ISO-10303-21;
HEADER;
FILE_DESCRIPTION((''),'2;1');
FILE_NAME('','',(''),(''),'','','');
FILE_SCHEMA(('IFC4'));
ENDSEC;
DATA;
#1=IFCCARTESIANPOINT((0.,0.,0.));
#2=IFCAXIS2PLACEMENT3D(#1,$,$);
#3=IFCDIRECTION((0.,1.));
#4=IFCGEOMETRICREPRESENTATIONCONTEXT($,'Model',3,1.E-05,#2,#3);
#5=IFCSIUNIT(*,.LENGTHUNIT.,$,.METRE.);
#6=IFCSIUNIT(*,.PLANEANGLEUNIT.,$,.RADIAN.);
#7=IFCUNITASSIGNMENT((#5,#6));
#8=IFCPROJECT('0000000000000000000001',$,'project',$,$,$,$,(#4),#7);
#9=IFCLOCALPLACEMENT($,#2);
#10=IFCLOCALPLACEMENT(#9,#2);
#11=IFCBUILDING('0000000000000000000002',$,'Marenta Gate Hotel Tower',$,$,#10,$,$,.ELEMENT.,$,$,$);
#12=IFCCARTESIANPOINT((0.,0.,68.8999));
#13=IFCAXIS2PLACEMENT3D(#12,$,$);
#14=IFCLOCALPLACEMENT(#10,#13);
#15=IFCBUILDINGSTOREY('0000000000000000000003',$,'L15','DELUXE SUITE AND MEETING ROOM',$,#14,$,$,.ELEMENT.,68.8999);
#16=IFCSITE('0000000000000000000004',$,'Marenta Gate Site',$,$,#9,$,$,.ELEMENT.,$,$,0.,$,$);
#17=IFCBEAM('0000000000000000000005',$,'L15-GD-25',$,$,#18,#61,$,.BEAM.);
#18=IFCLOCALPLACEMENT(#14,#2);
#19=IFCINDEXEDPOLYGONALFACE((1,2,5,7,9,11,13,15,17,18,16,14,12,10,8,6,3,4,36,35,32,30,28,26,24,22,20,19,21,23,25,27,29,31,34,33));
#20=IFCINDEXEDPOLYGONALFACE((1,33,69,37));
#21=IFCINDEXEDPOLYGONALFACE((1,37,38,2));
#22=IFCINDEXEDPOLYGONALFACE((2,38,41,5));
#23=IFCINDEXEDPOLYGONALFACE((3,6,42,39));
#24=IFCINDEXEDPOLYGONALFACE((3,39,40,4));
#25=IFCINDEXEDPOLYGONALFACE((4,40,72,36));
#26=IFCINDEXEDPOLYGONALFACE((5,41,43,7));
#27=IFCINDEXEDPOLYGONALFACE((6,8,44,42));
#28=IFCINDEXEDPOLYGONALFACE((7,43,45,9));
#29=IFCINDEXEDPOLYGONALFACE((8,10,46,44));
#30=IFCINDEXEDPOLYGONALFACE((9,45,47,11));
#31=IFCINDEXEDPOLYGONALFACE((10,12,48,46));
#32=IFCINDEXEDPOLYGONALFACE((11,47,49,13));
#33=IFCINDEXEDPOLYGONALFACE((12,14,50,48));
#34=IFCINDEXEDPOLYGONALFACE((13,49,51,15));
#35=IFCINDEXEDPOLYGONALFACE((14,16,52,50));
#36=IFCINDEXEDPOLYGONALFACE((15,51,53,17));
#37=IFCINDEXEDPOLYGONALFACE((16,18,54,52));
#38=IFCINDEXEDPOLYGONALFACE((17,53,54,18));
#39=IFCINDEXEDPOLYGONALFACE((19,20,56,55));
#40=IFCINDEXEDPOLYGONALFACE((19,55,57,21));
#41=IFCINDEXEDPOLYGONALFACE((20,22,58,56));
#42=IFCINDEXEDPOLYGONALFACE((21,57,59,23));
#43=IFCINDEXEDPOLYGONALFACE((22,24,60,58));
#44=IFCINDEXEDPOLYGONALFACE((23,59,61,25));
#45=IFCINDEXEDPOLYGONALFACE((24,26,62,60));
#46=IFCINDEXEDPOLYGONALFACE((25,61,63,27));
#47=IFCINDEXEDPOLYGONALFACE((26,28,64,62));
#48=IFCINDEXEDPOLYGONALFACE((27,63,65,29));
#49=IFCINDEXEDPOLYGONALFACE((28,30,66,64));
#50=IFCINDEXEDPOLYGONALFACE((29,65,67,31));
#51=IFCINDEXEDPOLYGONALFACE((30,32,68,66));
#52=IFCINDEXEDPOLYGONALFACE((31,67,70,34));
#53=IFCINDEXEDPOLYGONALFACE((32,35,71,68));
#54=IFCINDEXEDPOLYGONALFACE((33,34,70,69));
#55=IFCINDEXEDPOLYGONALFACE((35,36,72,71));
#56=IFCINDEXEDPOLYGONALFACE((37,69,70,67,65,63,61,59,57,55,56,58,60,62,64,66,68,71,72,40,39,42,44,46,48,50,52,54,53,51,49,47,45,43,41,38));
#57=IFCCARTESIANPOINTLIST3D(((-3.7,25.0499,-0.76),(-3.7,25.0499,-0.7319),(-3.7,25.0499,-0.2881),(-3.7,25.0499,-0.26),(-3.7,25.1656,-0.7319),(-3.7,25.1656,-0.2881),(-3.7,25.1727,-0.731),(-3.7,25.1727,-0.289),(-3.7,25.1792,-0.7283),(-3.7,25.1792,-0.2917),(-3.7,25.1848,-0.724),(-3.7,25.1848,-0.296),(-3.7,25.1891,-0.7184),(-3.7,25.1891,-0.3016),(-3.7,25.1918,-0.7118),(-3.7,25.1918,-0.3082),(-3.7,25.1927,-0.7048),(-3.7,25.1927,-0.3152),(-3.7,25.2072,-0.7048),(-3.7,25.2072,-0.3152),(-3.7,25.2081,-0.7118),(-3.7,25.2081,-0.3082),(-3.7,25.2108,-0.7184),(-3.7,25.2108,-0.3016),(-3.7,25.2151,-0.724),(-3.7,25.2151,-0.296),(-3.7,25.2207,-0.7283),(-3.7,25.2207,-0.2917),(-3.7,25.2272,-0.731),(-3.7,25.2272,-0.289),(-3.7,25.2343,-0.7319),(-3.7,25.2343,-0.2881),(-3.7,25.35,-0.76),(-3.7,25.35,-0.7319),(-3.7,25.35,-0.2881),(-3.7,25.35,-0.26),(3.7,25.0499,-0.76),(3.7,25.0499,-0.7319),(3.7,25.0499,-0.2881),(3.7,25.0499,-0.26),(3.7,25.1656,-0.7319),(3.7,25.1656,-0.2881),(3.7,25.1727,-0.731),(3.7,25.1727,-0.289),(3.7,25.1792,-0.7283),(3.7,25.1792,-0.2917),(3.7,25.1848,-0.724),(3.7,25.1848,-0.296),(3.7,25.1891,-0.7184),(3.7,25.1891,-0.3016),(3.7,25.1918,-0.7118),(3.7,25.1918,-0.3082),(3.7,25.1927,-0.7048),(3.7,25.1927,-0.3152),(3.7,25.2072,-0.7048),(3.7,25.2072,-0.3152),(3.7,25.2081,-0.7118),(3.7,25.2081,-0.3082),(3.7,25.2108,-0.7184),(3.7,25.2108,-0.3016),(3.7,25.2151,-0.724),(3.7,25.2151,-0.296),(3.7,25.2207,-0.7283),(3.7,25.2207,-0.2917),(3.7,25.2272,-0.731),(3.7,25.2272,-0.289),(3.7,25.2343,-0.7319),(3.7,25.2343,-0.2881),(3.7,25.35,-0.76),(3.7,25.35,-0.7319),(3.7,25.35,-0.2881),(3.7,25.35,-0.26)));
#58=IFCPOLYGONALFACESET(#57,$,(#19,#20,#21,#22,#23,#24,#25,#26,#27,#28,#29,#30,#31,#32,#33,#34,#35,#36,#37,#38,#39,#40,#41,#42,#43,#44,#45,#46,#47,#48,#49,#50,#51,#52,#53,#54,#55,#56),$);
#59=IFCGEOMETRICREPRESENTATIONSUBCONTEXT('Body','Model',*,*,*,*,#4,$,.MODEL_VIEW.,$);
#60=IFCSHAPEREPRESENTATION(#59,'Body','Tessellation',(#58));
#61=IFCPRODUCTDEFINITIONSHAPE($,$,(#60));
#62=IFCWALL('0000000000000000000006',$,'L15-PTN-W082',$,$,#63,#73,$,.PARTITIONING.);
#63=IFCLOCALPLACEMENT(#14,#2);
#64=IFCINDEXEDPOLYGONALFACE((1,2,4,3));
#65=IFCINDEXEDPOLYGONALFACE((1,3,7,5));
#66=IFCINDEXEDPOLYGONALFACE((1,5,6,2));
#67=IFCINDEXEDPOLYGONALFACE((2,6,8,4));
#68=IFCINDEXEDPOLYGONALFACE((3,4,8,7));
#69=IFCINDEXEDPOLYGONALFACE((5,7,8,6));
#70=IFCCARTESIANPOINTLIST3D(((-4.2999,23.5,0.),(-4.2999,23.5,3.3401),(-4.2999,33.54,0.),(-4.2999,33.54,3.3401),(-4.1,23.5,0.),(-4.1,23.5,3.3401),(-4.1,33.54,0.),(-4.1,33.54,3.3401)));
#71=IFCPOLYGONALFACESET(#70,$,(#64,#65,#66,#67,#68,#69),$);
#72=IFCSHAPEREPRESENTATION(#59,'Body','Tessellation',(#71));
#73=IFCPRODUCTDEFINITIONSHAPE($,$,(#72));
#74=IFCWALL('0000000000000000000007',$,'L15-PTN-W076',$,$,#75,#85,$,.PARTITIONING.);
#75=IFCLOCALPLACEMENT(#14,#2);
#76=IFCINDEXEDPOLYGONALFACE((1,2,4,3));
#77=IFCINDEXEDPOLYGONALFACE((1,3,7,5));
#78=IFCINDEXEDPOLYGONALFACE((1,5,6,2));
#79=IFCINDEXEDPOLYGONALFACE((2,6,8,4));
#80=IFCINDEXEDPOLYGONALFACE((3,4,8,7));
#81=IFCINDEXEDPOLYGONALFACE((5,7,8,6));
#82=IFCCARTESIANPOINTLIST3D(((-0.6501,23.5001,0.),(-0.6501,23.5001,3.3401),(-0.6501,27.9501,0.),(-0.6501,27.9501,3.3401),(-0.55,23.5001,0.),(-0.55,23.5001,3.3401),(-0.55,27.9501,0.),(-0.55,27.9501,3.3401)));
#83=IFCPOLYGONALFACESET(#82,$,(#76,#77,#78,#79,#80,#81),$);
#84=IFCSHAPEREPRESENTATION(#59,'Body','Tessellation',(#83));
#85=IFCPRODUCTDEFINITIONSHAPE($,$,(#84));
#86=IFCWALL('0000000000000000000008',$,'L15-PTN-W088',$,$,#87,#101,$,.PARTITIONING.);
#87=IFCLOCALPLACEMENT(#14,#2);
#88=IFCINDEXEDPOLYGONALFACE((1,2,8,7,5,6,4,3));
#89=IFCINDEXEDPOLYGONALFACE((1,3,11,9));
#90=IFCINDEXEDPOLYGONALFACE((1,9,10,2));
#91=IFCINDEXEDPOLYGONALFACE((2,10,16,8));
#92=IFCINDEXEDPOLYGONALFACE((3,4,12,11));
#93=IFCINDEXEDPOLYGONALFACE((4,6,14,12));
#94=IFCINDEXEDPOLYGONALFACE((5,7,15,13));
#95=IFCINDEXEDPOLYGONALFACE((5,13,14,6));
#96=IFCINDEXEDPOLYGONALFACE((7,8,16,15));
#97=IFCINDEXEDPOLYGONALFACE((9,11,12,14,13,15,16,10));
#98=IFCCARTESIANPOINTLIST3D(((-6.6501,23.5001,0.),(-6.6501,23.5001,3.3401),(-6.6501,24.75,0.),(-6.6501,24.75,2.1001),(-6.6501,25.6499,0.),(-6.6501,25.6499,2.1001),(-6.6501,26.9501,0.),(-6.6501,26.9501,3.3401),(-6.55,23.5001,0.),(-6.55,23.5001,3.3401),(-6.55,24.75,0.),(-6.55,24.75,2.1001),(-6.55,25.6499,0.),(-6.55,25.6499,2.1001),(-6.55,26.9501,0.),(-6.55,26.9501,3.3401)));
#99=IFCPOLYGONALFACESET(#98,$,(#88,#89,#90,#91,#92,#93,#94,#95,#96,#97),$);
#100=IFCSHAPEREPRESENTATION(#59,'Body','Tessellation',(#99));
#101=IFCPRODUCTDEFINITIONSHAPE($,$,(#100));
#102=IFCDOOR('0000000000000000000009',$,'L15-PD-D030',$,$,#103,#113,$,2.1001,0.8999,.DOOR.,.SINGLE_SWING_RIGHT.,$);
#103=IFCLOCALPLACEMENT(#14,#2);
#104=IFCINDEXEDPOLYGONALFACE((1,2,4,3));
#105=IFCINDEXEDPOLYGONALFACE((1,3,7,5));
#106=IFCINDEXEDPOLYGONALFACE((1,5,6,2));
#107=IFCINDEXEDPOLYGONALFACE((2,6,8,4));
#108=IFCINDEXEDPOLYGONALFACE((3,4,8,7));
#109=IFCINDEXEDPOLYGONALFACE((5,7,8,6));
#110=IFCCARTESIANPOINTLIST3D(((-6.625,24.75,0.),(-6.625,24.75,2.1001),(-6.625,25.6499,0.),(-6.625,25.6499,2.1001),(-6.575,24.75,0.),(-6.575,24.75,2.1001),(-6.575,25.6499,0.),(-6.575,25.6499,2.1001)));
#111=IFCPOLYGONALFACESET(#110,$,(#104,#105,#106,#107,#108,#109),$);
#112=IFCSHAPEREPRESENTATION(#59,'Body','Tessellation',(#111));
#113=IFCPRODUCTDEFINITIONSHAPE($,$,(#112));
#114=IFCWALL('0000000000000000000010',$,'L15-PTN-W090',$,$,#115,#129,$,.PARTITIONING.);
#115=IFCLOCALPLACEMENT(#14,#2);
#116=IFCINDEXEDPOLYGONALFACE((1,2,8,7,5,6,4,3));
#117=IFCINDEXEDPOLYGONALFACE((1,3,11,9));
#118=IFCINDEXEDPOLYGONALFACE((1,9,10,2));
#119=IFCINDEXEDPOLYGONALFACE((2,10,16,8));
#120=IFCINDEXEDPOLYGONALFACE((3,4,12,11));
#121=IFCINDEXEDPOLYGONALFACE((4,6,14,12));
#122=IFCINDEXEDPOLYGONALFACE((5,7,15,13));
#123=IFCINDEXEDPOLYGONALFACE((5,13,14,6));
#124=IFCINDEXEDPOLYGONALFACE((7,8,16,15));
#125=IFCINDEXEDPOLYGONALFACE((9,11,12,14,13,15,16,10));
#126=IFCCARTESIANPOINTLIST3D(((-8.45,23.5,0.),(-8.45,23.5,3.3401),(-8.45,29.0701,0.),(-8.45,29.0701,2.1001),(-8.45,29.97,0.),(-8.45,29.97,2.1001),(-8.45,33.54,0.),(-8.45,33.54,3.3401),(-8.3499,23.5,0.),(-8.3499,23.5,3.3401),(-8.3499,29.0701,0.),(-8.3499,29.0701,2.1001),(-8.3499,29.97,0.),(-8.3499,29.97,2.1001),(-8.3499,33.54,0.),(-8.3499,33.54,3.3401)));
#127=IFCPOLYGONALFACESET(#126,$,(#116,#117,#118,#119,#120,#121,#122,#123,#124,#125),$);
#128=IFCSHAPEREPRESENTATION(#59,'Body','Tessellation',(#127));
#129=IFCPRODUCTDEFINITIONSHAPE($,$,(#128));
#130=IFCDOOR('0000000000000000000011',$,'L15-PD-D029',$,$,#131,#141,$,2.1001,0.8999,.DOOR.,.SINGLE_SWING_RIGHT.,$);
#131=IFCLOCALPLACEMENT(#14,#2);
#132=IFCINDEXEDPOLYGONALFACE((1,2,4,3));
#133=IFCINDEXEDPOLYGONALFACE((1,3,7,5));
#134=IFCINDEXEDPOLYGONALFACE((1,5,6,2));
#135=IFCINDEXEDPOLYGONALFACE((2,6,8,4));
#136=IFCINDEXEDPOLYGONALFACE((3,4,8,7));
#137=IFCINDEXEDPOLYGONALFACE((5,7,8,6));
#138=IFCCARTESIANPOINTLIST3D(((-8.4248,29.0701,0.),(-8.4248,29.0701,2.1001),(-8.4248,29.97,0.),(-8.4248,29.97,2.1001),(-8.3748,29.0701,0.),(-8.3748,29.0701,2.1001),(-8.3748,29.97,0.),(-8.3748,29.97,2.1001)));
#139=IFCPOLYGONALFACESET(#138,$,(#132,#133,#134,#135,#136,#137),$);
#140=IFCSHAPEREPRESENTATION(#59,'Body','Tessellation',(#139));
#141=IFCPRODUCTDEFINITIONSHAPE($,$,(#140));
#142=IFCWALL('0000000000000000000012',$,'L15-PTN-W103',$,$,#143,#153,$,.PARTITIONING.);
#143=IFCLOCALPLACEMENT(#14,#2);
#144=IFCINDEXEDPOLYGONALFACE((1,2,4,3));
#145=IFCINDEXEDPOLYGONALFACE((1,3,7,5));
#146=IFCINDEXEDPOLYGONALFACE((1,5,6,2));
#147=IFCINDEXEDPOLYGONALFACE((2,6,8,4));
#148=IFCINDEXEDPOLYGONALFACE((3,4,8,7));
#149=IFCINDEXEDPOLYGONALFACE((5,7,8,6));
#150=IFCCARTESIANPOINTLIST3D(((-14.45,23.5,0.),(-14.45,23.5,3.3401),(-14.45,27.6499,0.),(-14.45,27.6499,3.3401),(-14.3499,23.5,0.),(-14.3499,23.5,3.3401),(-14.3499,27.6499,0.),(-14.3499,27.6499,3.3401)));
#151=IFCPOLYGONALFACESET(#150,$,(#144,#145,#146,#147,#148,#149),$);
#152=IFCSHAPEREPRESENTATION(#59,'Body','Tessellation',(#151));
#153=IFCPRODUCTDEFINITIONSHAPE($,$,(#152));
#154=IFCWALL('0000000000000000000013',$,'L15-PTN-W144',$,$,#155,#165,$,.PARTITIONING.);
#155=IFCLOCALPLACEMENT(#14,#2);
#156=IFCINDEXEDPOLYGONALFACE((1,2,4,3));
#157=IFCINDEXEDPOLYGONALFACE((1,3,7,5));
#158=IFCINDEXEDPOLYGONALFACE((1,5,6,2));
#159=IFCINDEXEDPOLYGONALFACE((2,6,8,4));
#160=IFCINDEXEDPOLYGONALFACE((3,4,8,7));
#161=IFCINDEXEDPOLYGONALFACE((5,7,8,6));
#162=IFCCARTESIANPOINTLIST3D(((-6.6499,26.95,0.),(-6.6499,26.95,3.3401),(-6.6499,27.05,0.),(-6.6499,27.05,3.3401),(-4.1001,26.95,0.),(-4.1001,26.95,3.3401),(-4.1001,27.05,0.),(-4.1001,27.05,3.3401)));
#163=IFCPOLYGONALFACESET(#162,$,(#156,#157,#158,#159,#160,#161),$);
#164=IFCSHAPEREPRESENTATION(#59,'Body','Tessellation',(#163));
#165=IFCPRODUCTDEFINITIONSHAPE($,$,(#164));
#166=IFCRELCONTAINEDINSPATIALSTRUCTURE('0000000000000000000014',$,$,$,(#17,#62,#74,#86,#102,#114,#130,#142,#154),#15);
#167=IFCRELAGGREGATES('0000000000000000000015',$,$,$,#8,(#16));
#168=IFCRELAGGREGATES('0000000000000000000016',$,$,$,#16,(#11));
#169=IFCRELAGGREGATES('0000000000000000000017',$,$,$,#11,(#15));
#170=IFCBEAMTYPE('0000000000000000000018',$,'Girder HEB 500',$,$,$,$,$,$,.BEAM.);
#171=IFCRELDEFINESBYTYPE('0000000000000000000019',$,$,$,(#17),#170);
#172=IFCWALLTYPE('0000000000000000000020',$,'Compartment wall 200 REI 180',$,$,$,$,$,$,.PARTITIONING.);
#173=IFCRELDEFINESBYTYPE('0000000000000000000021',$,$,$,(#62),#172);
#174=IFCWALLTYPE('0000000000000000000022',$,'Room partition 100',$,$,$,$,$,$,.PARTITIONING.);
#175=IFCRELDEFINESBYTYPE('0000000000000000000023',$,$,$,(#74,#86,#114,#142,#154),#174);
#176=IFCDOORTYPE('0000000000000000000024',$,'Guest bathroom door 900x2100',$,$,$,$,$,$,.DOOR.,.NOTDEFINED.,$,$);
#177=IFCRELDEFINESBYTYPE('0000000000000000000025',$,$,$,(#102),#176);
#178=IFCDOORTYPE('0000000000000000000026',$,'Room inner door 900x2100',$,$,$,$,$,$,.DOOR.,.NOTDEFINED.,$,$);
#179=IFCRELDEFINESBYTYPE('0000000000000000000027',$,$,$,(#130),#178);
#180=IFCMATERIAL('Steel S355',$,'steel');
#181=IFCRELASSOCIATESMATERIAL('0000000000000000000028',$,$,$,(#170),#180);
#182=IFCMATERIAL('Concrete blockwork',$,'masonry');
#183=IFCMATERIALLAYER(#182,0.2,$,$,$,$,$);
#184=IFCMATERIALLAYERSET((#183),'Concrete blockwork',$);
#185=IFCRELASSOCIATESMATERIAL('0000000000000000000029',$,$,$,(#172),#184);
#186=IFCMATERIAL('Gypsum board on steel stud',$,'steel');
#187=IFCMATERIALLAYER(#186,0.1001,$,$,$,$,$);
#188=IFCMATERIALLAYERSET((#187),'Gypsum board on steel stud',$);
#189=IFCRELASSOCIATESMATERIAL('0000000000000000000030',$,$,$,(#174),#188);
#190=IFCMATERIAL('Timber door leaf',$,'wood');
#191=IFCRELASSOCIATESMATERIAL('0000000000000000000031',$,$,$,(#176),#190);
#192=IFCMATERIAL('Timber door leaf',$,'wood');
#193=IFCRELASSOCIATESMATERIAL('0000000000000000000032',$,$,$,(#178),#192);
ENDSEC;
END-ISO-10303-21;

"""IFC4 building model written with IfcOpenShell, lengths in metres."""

from ifc_helpers import new_model, si_unit, direction, frame, frame_2d, origin, origin_2d, place, context, subcontext, project, spatial, rectangle, i_section, extrude, material, layer, layer_set, material_profile, profile_set, type_object, element, fill, save


model = new_model("IFC4")

# Units and contexts
model_context = context("Model", 3, precision=1e-05, world=origin(), true_north=direction((0.0, 1.0)))
body_context = subcontext(model_context, "Body", "Model", "MODEL_VIEW")
ifc_project = project(units=[si_unit("LENGTHUNIT", "METRE"), si_unit("PLANEANGLEUNIT", "RADIAN")], contexts=[model_context])

# Site, building, storey
site_placement = place(None, origin())
site = spatial("IfcSite", under=ifc_project, at=site_placement, Name="Marenta Gate Site", CompositionType="ELEMENT", RefElevation=0.0)
building_placement = place(site_placement, origin())
building = spatial("IfcBuilding", under=site, at=building_placement, Name="Marenta Gate Hotel Tower", CompositionType="ELEMENT")
storey_placement = place(building_placement, frame((0.0, 0.0, 68.8999)))
storey = spatial("IfcBuildingStorey", under=building, at=storey_placement, Name="L15", Description="DELUXE SUITE AND MEETING ROOM", CompositionType="ELEMENT", Elevation=68.8999)

# Beam
ifc_material_1 = material(Name="Steel S355", Category="steel")
ifc_material_profile_1 = material_profile(ifc_material_1, i_section(OverallWidth=0.3, OverallDepth=0.5, WebThickness=0.0144, FlangeThickness=0.0281, FilletRadius=0.0271, at=origin_2d()), Name="HEB 500")
ifc_profile_set_1 = profile_set([ifc_material_profile_1], Name="Steel S355")
beam_type_1 = type_object("IfcBeamType", Name="Girder HEB 500", PredefinedType="BEAM", material=ifc_profile_set_1)
beam_1_placement = place(storey_placement, frame((-3.7, 25.2, -0.51), z_axis=(1.0, 0.0, 0.0), x_axis=(0.0, 1.0, 0.0)))
element("IfcBeam", 1, at=beam_1_placement, inside=storey, type_object=beam_type_1, Name="L15-GD-25", PredefinedType="BEAM", context=body_context, shape_type="SweptSolid", body=[
    extrude(i_section(OverallWidth=0.3, OverallDepth=0.5, WebThickness=0.0144, FlangeThickness=0.0281, FilletRadius=0.0271, at=origin_2d()), origin(), (0.0, 0.0, 1.0), 7.3999),
])

# Walls
ifc_material_2 = material(Name="Concrete blockwork", Category="masonry")
ifc_layer_1 = layer(ifc_material_2, 0.2)
ifc_layer_set_1 = layer_set([ifc_layer_1], Name="Concrete blockwork")
wall_type_1 = type_object("IfcWallType", Name="Compartment wall 200 REI 180", PredefinedType="PARTITIONING", material=ifc_layer_set_1)
wall_1_placement = place(storey_placement, frame((-4.2, 23.5, 0.0), z_axis=(0.0, 0.0, 1.0), x_axis=(0.0, 1.0, 0.0)))
element("IfcWall", 2, at=wall_1_placement, inside=storey, type_object=wall_type_1, Name="L15-PTN-W082", PredefinedType="PARTITIONING", context=body_context, shape_type="SweptSolid", body=[
    extrude(rectangle(XDim=10.04, YDim=0.2, at=frame_2d((5.02, 0.0))), origin(), (0.0, 0.0, 1.0), 3.3401),
])
ifc_material_3 = material(Name="Gypsum board on steel stud", Category="steel")
ifc_layer_2 = layer(ifc_material_3, 0.1001)
ifc_layer_set_2 = layer_set([ifc_layer_2], Name="Gypsum board on steel stud")
wall_type_2 = type_object("IfcWallType", Name="Room partition 100", PredefinedType="PARTITIONING", material=ifc_layer_set_2)
wall_2_placement = place(storey_placement, frame((-0.6001, 23.5, 0.0), z_axis=(0.0, 0.0, 1.0), x_axis=(0.0, 1.0, 0.0)))
element("IfcWall", 3, at=wall_2_placement, inside=storey, type_object=wall_type_2, Name="L15-PTN-W076", PredefinedType="PARTITIONING", context=body_context, shape_type="SweptSolid", body=[
    extrude(rectangle(XDim=4.45, YDim=0.1001, at=frame_2d((2.2251, 0.0))), origin(), (0.0, 0.0, 1.0), 3.3401),
])

# Walls, openings, doors
wall_3_placement = place(storey_placement, frame((-6.6001, 23.5, 0.0), z_axis=(0.0, 0.0, 1.0), x_axis=(0.0, 1.0, 0.0)))
wall_3 = element("IfcWall", 4, at=wall_3_placement, inside=storey, type_object=wall_type_2, Name="L15-PTN-W088", PredefinedType="PARTITIONING", context=body_context, shape_type="SweptSolid", body=[
    extrude(rectangle(XDim=3.45, YDim=0.1001, at=frame_2d((1.7251, 0.0))), origin(), (0.0, 0.0, 1.0), 3.3401),
])
opening_1_placement = place(wall_3_placement, frame((1.25, 0.0, 0.0)))
opening_1 = element("IfcOpeningElement", 5, at=opening_1_placement, cuts=wall_3, PredefinedType="OPENING", context=body_context, shape_type="SweptSolid", body=[
    extrude(rectangle(XDim=0.8999, YDim=2.1001, at=frame_2d((0.45, 1.05))), frame((0.0, 0.05, 0.0), z_axis=(0.0, -1.0, 0.0), x_axis=(1.0, 0.0, 0.0)), (0.0, 0.0, 1.0), 0.1001),
])
ifc_material_4 = material(Name="Timber door leaf", Category="wood")
door_type_1 = type_object("IfcDoorType", Name="Guest bathroom door 900x2100", OperationType="NOTDEFINED", PredefinedType="DOOR", material=ifc_material_4)
door_1_placement = place(opening_1_placement, origin())
door_1 = element("IfcDoor", 6, at=door_1_placement, inside=storey, type_object=door_type_1, Name="L15-PD-D030", OperationType="SINGLE_SWING_RIGHT", OverallHeight=2.1001, OverallWidth=0.8999, PredefinedType="DOOR", context=body_context, shape_type="SweptSolid", body=[
    extrude(rectangle(XDim=0.8999, YDim=2.1001, at=frame_2d((0.45, 1.05))), frame((0.0, 0.0249, 0.0), z_axis=(0.0, -1.0, 0.0), x_axis=(1.0, 0.0, 0.0)), (0.0, 0.0, 1.0), 0.05),
])
fill(opening_1, door_1)
wall_4_placement = place(storey_placement, frame((-8.3999, 23.5, 0.0), z_axis=(0.0, 0.0, 1.0), x_axis=(0.0, 1.0, 0.0)))
wall_4 = element("IfcWall", 7, at=wall_4_placement, inside=storey, type_object=wall_type_2, Name="L15-PTN-W090", PredefinedType="PARTITIONING", context=body_context, shape_type="SweptSolid", body=[
    extrude(rectangle(XDim=10.04, YDim=0.1001, at=frame_2d((5.02, 0.0))), origin(), (0.0, 0.0, 1.0), 3.3401),
])
opening_2_placement = place(wall_4_placement, frame((5.5701, 0.0, 0.0)))
opening_2 = element("IfcOpeningElement", 8, at=opening_2_placement, cuts=wall_4, PredefinedType="OPENING", context=body_context, shape_type="SweptSolid", body=[
    extrude(rectangle(XDim=0.8999, YDim=2.1001, at=frame_2d((0.45, 1.05))), frame((0.0, 0.05, 0.0), z_axis=(0.0, -1.0, 0.0), x_axis=(1.0, 0.0, 0.0)), (0.0, 0.0, 1.0), 0.1001),
])
ifc_material_5 = material(Name="Timber door leaf", Category="wood")
door_type_2 = type_object("IfcDoorType", Name="Room inner door 900x2100", OperationType="NOTDEFINED", PredefinedType="DOOR", material=ifc_material_5)
door_2_placement = place(opening_2_placement, origin())
door_2 = element("IfcDoor", 9, at=door_2_placement, inside=storey, type_object=door_type_2, Name="L15-PD-D029", OperationType="SINGLE_SWING_RIGHT", OverallHeight=2.1001, OverallWidth=0.8999, PredefinedType="DOOR", context=body_context, shape_type="SweptSolid", body=[
    extrude(rectangle(XDim=0.8999, YDim=2.1001, at=frame_2d((0.45, 1.05))), frame((0.0, 0.0249, 0.0), z_axis=(0.0, -1.0, 0.0), x_axis=(1.0, 0.0, 0.0)), (0.0, 0.0, 1.0), 0.05),
])
fill(opening_2, door_2)

# Walls
wall_5_placement = place(storey_placement, frame((-14.3999, 23.5, 0.0), z_axis=(0.0, 0.0, 1.0), x_axis=(0.0, 1.0, 0.0)))
element("IfcWall", 10, at=wall_5_placement, inside=storey, type_object=wall_type_2, Name="L15-PTN-W103", PredefinedType="PARTITIONING", context=body_context, shape_type="SweptSolid", body=[
    extrude(rectangle(XDim=4.1499, YDim=0.1001, at=frame_2d((2.075, 0.0))), origin(), (0.0, 0.0, 1.0), 3.3401),
])
wall_6_placement = place(storey_placement, frame((-6.6499, 27.0, 0.0), z_axis=(0.0, 0.0, 1.0), x_axis=(1.0, 0.0, 0.0)))
element("IfcWall", 11, at=wall_6_placement, inside=storey, type_object=wall_type_2, Name="L15-PTN-W144", PredefinedType="PARTITIONING", context=body_context, shape_type="SweptSolid", body=[
    extrude(rectangle(XDim=2.5498, YDim=0.1001, at=frame_2d((1.2749, 0.0))), origin(), (0.0, 0.0, 1.0), 3.3401),
])

save(model, "model.ifc")
